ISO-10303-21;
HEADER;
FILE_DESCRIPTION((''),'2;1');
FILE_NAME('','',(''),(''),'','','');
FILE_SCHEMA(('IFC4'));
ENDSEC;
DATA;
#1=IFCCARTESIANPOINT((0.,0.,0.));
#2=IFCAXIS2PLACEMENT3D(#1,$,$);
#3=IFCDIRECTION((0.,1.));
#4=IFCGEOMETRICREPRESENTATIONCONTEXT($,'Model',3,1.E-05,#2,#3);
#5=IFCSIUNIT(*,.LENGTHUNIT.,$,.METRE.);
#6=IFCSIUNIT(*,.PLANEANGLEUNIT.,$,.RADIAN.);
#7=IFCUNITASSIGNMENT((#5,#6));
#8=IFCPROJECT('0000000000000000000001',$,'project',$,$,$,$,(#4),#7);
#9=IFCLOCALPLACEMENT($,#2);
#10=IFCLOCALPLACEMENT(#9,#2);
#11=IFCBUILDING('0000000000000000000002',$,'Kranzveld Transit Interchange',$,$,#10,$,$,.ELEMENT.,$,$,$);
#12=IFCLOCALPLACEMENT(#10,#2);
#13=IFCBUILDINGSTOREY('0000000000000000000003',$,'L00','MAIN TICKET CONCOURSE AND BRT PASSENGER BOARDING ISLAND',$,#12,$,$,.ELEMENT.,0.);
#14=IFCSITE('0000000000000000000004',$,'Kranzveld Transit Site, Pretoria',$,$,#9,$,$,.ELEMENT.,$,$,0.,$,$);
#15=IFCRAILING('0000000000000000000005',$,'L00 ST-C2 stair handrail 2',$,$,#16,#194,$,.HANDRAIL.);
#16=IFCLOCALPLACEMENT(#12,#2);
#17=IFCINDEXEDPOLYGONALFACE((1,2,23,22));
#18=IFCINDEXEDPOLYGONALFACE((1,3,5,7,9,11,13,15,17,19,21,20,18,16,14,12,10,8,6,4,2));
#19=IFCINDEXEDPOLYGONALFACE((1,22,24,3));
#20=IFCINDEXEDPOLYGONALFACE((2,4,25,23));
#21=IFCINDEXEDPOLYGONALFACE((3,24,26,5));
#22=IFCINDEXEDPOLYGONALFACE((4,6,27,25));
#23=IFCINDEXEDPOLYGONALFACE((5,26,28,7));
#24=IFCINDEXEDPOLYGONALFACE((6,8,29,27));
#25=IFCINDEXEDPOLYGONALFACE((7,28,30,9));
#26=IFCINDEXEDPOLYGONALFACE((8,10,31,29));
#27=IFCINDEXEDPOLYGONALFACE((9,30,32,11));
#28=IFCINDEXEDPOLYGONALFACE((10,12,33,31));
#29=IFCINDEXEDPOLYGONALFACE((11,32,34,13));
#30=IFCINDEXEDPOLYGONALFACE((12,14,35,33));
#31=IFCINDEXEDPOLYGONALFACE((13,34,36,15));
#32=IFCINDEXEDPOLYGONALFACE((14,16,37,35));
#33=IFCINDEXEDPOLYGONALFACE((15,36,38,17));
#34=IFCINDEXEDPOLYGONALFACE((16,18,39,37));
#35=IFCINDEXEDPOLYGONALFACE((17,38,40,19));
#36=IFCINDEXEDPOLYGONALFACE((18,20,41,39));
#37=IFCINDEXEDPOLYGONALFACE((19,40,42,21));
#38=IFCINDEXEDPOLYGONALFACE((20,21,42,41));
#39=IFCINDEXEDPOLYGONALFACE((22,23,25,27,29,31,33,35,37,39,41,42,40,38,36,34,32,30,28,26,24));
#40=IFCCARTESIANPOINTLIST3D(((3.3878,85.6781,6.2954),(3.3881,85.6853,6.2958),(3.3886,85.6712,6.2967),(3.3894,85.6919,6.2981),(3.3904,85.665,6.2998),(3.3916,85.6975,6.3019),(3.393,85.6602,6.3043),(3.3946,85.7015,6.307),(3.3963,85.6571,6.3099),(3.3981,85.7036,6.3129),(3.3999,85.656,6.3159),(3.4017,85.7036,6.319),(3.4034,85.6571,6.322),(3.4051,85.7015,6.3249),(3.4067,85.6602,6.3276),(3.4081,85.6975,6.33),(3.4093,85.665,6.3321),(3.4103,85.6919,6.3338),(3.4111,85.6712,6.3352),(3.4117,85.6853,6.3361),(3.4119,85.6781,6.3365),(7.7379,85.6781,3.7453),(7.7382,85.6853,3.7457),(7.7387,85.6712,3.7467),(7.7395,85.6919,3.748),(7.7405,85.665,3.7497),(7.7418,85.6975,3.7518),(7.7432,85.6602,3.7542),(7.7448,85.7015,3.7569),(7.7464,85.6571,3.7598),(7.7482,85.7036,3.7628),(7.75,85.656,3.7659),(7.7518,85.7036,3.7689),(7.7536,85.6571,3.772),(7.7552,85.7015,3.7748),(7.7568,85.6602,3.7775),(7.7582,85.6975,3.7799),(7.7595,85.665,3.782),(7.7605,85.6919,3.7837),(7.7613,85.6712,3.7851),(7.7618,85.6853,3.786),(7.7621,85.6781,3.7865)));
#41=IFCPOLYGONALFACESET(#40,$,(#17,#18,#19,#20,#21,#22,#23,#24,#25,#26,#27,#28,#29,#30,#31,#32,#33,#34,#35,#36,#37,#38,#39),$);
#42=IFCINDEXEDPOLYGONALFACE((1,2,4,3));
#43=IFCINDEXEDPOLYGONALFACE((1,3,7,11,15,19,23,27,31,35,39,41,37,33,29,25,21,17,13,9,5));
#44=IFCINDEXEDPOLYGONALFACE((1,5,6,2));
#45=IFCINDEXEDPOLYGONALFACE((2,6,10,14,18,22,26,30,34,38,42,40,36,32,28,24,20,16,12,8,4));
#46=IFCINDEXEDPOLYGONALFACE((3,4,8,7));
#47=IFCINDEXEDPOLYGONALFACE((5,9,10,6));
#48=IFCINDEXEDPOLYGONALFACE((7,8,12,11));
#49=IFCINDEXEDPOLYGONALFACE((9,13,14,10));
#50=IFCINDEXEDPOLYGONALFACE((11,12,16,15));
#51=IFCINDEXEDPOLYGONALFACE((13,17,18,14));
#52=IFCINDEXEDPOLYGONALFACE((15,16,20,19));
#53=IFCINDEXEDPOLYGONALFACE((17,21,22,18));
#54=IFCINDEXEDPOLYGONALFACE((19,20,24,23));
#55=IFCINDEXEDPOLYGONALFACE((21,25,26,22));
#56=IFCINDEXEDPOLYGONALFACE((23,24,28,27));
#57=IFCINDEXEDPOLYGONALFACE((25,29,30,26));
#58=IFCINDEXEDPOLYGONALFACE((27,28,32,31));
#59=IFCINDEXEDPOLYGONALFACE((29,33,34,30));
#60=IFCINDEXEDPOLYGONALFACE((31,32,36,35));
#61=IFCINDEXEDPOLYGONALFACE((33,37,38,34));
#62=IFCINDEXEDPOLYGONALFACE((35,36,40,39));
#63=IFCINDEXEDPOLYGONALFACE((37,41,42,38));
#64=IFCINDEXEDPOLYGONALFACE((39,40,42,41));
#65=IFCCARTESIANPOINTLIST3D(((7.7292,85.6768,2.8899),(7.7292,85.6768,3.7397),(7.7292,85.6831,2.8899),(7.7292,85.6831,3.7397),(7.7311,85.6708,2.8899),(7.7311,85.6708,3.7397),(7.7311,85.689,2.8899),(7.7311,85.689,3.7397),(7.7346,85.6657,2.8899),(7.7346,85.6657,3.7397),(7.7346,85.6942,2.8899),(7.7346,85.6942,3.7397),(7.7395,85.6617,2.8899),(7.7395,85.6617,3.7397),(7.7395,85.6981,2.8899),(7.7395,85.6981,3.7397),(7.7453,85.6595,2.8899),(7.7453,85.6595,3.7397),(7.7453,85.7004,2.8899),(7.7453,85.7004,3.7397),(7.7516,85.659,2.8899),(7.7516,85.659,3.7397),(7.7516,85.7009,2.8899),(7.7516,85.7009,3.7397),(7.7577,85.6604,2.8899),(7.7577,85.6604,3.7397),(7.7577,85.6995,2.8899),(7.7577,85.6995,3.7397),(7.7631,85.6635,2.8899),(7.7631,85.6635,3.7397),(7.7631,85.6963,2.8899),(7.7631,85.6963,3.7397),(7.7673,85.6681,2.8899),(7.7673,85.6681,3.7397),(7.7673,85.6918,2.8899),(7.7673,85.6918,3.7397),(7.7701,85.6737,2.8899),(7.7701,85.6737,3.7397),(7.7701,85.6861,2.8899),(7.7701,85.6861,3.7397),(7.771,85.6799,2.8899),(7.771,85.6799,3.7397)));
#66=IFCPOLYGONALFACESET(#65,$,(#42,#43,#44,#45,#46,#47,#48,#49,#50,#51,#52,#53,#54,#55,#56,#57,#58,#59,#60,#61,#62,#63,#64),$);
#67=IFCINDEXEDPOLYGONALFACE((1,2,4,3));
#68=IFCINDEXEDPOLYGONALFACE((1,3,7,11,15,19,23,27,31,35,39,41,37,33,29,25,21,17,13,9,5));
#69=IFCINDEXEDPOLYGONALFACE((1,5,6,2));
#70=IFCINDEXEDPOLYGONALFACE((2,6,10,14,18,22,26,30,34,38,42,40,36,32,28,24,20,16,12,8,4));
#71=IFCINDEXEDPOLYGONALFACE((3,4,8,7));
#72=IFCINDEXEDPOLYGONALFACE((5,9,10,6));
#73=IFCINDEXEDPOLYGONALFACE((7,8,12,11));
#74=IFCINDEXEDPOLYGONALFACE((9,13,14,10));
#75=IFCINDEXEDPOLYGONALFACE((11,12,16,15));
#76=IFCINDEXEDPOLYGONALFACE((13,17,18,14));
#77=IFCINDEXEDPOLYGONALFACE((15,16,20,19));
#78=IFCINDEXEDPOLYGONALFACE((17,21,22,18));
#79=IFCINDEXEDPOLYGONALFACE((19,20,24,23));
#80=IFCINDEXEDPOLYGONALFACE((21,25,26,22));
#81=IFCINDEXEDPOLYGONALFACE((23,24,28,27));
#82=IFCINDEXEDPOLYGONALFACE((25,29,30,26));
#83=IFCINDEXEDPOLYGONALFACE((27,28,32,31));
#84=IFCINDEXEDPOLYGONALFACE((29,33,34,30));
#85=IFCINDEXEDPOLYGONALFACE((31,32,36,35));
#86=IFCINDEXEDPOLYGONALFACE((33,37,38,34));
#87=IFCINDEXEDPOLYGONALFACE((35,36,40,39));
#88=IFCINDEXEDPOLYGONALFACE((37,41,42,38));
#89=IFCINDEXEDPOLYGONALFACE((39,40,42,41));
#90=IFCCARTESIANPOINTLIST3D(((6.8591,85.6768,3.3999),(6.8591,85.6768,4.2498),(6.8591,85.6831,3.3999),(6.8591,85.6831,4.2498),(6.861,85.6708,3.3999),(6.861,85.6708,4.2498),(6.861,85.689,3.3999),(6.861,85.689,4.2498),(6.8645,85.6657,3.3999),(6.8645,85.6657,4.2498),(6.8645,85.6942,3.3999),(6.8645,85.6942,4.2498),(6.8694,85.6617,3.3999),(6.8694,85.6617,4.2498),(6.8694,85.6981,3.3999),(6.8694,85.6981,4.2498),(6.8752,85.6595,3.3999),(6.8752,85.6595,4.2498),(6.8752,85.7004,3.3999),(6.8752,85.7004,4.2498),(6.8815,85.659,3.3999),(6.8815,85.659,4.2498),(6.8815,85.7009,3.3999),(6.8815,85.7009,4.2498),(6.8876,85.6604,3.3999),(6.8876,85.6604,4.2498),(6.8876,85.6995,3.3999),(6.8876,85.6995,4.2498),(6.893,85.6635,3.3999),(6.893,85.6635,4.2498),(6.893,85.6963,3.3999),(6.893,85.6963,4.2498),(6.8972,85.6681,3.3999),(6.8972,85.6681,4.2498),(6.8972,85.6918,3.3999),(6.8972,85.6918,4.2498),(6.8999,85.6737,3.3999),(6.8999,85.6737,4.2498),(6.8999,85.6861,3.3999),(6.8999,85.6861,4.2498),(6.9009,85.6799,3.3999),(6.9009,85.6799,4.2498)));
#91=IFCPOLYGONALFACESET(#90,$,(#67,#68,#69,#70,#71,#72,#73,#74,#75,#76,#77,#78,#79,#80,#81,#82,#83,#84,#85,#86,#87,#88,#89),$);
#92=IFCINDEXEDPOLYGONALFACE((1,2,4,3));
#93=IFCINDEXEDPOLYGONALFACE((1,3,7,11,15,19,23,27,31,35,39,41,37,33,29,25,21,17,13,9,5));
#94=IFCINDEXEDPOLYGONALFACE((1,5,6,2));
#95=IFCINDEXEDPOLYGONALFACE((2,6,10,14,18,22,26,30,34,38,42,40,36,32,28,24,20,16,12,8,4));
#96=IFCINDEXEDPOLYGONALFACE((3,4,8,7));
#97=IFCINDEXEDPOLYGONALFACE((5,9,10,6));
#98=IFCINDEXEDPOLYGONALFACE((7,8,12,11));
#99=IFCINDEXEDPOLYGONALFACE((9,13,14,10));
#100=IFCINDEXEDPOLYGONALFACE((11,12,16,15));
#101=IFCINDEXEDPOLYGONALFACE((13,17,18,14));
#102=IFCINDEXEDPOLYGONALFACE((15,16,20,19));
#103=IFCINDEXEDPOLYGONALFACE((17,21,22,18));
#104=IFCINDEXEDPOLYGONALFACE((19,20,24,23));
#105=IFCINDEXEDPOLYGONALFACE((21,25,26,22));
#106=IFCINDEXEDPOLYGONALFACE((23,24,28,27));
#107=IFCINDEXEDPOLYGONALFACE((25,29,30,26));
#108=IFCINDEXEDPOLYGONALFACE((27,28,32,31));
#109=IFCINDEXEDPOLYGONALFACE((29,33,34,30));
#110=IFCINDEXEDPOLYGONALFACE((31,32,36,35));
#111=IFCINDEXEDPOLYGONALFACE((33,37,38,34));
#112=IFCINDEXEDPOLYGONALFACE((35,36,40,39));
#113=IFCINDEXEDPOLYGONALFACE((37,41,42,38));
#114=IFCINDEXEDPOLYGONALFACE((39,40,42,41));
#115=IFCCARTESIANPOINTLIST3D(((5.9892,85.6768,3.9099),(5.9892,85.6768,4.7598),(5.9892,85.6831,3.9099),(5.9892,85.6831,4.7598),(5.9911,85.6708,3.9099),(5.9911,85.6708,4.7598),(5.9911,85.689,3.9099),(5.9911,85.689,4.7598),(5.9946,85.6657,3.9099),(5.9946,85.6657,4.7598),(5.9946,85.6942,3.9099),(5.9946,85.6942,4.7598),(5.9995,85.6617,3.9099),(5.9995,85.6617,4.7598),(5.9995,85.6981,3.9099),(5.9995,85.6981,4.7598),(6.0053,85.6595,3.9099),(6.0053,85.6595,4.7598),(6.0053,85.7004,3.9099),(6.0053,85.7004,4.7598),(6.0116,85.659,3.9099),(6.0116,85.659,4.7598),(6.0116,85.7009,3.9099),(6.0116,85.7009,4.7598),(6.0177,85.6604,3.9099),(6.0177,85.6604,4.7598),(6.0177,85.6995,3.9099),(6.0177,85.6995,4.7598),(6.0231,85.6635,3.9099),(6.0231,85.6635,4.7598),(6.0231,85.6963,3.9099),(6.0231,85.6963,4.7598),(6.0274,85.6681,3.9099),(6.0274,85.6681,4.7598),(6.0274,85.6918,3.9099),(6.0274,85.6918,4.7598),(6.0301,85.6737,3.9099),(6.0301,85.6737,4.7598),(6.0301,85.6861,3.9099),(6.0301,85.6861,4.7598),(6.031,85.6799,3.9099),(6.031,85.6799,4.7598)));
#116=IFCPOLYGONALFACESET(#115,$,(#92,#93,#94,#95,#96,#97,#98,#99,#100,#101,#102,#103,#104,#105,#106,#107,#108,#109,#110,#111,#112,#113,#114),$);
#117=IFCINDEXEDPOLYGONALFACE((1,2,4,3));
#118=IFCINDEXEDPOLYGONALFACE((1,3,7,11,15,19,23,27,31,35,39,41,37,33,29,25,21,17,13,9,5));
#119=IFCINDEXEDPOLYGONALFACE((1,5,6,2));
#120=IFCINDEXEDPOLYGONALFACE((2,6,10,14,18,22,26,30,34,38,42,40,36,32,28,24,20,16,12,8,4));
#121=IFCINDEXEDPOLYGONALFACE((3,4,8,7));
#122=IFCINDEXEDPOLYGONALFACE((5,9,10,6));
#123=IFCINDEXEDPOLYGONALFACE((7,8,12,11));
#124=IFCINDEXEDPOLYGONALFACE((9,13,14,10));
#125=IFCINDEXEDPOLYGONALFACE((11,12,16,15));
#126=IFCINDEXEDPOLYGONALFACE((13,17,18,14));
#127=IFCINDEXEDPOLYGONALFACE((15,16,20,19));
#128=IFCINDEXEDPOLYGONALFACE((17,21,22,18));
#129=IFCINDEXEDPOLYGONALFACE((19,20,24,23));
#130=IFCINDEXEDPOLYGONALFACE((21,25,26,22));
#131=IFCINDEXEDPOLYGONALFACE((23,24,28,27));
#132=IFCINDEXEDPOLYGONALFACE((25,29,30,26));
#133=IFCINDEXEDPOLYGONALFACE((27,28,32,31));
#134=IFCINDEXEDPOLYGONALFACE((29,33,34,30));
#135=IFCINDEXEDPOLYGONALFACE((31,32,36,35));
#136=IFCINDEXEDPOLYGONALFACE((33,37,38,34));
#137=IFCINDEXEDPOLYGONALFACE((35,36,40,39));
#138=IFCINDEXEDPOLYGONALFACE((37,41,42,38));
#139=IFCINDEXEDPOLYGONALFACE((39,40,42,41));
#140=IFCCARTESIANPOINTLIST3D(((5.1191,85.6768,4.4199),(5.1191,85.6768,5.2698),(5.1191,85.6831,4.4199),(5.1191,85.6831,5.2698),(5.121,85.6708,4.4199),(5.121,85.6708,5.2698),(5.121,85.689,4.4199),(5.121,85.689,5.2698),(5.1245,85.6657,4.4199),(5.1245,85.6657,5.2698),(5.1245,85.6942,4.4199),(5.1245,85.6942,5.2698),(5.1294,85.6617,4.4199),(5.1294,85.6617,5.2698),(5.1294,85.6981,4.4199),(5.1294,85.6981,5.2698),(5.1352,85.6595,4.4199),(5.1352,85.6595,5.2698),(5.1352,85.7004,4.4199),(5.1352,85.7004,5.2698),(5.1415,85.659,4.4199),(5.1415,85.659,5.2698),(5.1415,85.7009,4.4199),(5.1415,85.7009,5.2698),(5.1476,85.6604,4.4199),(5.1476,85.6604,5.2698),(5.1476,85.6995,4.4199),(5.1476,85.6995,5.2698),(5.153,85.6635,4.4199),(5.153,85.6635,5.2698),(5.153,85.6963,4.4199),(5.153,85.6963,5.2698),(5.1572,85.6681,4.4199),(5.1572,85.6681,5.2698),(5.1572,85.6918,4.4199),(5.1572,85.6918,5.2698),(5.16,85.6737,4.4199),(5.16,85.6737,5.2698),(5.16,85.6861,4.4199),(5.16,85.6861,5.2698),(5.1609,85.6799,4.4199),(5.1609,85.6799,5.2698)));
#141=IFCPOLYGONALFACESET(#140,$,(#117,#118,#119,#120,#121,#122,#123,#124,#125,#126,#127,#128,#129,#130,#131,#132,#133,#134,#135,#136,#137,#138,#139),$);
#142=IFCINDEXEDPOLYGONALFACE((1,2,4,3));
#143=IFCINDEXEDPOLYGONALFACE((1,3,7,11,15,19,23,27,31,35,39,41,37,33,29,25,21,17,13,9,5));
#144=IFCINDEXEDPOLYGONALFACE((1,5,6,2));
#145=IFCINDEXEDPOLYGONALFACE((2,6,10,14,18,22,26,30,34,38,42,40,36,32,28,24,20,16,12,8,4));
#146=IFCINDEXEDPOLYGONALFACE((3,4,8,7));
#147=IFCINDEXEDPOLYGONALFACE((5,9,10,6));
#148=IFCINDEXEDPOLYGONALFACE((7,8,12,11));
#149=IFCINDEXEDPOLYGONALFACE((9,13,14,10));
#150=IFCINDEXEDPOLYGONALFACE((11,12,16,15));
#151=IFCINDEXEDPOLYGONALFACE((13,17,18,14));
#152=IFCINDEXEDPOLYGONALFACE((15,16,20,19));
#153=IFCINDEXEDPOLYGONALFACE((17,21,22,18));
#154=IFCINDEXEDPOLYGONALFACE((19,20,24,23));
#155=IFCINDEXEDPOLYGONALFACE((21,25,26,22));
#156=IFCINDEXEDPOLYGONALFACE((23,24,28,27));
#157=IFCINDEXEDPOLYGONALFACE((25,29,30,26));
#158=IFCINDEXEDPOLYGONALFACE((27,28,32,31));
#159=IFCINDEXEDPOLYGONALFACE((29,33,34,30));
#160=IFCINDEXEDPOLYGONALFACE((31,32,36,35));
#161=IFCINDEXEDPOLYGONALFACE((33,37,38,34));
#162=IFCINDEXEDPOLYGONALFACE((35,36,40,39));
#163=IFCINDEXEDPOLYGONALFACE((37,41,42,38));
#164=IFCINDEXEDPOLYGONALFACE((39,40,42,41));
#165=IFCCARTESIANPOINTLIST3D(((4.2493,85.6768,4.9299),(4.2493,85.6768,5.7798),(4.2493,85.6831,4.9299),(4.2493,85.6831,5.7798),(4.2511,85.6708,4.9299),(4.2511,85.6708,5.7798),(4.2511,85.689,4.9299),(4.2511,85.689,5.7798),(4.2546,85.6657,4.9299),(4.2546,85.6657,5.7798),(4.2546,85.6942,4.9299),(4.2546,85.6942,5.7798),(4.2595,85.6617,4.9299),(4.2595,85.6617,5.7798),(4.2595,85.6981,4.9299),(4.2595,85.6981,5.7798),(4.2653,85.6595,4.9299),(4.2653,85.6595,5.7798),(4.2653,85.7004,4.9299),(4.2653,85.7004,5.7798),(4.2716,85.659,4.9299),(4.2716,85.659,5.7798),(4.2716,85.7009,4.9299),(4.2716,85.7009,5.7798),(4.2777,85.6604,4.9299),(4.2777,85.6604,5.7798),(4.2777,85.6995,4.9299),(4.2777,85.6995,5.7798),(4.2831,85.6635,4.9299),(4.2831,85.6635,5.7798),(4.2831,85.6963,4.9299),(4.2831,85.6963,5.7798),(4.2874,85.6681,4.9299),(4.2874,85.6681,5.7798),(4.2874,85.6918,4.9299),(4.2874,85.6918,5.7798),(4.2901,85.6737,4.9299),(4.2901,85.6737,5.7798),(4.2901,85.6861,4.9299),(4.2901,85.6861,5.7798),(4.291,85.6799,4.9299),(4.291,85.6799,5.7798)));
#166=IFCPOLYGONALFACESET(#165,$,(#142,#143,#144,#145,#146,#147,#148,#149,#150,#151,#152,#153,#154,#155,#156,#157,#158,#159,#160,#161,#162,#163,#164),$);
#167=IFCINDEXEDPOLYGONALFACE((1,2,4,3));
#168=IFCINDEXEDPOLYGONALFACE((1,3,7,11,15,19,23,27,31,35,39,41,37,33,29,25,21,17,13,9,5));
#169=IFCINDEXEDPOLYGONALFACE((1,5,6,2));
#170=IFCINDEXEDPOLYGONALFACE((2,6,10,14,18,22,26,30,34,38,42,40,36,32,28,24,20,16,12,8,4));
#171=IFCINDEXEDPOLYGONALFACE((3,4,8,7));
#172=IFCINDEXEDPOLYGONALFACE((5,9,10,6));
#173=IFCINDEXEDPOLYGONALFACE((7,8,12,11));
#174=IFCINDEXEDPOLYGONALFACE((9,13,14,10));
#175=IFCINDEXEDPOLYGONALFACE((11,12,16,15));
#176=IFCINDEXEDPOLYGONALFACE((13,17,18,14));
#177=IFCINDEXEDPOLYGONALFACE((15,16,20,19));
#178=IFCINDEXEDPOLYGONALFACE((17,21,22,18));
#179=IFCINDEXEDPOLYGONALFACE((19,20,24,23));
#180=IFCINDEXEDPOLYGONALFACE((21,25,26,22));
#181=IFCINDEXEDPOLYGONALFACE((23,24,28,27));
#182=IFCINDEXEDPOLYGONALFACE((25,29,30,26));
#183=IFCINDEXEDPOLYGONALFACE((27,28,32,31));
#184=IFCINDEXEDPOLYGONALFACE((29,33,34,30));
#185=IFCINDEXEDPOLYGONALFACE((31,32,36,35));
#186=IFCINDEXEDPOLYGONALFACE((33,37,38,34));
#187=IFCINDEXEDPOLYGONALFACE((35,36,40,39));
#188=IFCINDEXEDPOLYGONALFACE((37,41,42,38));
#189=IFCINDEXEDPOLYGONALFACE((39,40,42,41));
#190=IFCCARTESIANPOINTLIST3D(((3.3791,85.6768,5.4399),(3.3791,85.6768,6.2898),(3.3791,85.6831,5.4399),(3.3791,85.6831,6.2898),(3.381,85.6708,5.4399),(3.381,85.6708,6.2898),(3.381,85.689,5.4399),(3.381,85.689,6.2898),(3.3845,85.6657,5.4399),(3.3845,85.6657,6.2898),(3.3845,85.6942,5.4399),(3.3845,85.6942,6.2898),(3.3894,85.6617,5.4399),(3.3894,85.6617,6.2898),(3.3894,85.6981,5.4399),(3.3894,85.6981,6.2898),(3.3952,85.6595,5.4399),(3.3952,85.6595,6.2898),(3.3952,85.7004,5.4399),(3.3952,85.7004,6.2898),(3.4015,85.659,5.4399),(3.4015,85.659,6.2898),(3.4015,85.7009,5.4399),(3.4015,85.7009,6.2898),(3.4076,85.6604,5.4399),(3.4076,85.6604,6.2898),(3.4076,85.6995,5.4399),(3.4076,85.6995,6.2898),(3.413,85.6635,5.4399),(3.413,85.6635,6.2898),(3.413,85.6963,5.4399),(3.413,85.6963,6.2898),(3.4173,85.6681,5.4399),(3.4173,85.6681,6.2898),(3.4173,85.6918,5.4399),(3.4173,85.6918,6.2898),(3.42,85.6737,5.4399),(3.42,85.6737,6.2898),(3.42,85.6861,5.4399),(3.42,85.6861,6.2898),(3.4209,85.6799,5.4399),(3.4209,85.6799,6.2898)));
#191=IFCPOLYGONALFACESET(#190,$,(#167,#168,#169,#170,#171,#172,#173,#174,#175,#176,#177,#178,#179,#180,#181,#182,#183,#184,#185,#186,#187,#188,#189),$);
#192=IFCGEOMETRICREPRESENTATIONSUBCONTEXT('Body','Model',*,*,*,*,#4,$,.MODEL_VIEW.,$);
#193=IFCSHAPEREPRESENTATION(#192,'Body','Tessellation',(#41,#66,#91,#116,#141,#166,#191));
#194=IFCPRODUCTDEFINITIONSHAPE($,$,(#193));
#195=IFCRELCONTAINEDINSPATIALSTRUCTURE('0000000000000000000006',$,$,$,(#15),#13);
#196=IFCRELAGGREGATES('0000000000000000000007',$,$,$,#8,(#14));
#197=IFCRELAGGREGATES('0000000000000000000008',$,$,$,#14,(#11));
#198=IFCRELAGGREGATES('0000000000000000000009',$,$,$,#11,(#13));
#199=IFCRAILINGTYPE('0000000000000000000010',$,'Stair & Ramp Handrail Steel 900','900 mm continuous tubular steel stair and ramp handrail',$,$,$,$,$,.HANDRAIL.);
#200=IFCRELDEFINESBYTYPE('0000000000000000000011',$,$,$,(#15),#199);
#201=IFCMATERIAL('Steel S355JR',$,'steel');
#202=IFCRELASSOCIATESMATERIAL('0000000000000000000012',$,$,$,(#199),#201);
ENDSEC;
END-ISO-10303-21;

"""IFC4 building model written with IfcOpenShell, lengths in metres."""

from ifc_helpers import new_model, si_unit, direction, frame, origin, origin_2d, place, context, subcontext, project, spatial, circle, extrude, material, type_object, element, save


model = new_model("IFC4")

# Units and contexts
model_context = context("Model", 3, precision=1e-05, world=origin(), true_north=direction((0.0, 1.0)))
body_context = subcontext(model_context, "Body", "Model", "MODEL_VIEW")
ifc_project = project(units=[si_unit("LENGTHUNIT", "METRE"), si_unit("PLANEANGLEUNIT", "RADIAN")], contexts=[model_context])

# Site, building, storey
site_placement = place(None, origin())
site = spatial("IfcSite", under=ifc_project, at=site_placement, Name="Kranzveld Transit Site, Pretoria", CompositionType="ELEMENT", RefElevation=0.0)
building_placement = place(site_placement, origin())
building = spatial("IfcBuilding", under=site, at=building_placement, Name="Kranzveld Transit Interchange", CompositionType="ELEMENT")
storey_placement = place(building_placement, origin())
storey = spatial("IfcBuildingStorey", under=building, at=storey_placement, Name="L00", Description="MAIN TICKET CONCOURSE AND BRT PASSENGER BOARDING ISLAND", CompositionType="ELEMENT", Elevation=0.0)

# Railing
ifc_material_1 = material(Name="Steel S355JR", Category="steel")
railing_type_1 = type_object("IfcRailingType", Name="Stair & Ramp Handrail Steel 900", Description="900 mm continuous tubular steel stair and ramp handrail", PredefinedType="HANDRAIL", material=ifc_material_1)
railing_1_placement = place(storey_placement, frame((7.75, 85.6799, 2.8899)))
element("IfcRailing", 1, at=railing_1_placement, inside=storey, type_object=railing_type_1, Name="L00 ST-C2 stair handrail 2", PredefinedType="HANDRAIL", context=body_context, shape_type="SweptSolid", body=[
    extrude(circle(Radius=0.0239, at=origin_2d()), frame((0.0, 0.0, 0.876), z_axis=(-0.862699, 0.0, 0.505718), x_axis=(0.0, -1.0, 0.0)), (0.0, 0.0, 1.0), 5.0425),
    extrude(circle(Radius=0.021, at=origin_2d()), origin(), (0.0, 0.0, 1.0), 0.8499),
    extrude(circle(Radius=0.021, at=origin_2d()), frame((-0.8701, 0.0, 0.51)), (0.0, 0.0, 1.0), 0.8499),
    extrude(circle(Radius=0.021, at=origin_2d()), frame((-1.74, 0.0, 1.02)), (0.0, 0.0, 1.0), 0.8499),
    extrude(circle(Radius=0.021, at=origin_2d()), frame((-2.6101, 0.0, 1.53)), (0.0, 0.0, 1.0), 0.8499),
    extrude(circle(Radius=0.021, at=origin_2d()), frame((-3.48, 0.0, 2.04)), (0.0, 0.0, 1.0), 0.8499),
    extrude(circle(Radius=0.021, at=origin_2d()), frame((-4.3501, 0.0, 2.55)), (0.0, 0.0, 1.0), 0.8499),
])

save(model, "model.ifc")
